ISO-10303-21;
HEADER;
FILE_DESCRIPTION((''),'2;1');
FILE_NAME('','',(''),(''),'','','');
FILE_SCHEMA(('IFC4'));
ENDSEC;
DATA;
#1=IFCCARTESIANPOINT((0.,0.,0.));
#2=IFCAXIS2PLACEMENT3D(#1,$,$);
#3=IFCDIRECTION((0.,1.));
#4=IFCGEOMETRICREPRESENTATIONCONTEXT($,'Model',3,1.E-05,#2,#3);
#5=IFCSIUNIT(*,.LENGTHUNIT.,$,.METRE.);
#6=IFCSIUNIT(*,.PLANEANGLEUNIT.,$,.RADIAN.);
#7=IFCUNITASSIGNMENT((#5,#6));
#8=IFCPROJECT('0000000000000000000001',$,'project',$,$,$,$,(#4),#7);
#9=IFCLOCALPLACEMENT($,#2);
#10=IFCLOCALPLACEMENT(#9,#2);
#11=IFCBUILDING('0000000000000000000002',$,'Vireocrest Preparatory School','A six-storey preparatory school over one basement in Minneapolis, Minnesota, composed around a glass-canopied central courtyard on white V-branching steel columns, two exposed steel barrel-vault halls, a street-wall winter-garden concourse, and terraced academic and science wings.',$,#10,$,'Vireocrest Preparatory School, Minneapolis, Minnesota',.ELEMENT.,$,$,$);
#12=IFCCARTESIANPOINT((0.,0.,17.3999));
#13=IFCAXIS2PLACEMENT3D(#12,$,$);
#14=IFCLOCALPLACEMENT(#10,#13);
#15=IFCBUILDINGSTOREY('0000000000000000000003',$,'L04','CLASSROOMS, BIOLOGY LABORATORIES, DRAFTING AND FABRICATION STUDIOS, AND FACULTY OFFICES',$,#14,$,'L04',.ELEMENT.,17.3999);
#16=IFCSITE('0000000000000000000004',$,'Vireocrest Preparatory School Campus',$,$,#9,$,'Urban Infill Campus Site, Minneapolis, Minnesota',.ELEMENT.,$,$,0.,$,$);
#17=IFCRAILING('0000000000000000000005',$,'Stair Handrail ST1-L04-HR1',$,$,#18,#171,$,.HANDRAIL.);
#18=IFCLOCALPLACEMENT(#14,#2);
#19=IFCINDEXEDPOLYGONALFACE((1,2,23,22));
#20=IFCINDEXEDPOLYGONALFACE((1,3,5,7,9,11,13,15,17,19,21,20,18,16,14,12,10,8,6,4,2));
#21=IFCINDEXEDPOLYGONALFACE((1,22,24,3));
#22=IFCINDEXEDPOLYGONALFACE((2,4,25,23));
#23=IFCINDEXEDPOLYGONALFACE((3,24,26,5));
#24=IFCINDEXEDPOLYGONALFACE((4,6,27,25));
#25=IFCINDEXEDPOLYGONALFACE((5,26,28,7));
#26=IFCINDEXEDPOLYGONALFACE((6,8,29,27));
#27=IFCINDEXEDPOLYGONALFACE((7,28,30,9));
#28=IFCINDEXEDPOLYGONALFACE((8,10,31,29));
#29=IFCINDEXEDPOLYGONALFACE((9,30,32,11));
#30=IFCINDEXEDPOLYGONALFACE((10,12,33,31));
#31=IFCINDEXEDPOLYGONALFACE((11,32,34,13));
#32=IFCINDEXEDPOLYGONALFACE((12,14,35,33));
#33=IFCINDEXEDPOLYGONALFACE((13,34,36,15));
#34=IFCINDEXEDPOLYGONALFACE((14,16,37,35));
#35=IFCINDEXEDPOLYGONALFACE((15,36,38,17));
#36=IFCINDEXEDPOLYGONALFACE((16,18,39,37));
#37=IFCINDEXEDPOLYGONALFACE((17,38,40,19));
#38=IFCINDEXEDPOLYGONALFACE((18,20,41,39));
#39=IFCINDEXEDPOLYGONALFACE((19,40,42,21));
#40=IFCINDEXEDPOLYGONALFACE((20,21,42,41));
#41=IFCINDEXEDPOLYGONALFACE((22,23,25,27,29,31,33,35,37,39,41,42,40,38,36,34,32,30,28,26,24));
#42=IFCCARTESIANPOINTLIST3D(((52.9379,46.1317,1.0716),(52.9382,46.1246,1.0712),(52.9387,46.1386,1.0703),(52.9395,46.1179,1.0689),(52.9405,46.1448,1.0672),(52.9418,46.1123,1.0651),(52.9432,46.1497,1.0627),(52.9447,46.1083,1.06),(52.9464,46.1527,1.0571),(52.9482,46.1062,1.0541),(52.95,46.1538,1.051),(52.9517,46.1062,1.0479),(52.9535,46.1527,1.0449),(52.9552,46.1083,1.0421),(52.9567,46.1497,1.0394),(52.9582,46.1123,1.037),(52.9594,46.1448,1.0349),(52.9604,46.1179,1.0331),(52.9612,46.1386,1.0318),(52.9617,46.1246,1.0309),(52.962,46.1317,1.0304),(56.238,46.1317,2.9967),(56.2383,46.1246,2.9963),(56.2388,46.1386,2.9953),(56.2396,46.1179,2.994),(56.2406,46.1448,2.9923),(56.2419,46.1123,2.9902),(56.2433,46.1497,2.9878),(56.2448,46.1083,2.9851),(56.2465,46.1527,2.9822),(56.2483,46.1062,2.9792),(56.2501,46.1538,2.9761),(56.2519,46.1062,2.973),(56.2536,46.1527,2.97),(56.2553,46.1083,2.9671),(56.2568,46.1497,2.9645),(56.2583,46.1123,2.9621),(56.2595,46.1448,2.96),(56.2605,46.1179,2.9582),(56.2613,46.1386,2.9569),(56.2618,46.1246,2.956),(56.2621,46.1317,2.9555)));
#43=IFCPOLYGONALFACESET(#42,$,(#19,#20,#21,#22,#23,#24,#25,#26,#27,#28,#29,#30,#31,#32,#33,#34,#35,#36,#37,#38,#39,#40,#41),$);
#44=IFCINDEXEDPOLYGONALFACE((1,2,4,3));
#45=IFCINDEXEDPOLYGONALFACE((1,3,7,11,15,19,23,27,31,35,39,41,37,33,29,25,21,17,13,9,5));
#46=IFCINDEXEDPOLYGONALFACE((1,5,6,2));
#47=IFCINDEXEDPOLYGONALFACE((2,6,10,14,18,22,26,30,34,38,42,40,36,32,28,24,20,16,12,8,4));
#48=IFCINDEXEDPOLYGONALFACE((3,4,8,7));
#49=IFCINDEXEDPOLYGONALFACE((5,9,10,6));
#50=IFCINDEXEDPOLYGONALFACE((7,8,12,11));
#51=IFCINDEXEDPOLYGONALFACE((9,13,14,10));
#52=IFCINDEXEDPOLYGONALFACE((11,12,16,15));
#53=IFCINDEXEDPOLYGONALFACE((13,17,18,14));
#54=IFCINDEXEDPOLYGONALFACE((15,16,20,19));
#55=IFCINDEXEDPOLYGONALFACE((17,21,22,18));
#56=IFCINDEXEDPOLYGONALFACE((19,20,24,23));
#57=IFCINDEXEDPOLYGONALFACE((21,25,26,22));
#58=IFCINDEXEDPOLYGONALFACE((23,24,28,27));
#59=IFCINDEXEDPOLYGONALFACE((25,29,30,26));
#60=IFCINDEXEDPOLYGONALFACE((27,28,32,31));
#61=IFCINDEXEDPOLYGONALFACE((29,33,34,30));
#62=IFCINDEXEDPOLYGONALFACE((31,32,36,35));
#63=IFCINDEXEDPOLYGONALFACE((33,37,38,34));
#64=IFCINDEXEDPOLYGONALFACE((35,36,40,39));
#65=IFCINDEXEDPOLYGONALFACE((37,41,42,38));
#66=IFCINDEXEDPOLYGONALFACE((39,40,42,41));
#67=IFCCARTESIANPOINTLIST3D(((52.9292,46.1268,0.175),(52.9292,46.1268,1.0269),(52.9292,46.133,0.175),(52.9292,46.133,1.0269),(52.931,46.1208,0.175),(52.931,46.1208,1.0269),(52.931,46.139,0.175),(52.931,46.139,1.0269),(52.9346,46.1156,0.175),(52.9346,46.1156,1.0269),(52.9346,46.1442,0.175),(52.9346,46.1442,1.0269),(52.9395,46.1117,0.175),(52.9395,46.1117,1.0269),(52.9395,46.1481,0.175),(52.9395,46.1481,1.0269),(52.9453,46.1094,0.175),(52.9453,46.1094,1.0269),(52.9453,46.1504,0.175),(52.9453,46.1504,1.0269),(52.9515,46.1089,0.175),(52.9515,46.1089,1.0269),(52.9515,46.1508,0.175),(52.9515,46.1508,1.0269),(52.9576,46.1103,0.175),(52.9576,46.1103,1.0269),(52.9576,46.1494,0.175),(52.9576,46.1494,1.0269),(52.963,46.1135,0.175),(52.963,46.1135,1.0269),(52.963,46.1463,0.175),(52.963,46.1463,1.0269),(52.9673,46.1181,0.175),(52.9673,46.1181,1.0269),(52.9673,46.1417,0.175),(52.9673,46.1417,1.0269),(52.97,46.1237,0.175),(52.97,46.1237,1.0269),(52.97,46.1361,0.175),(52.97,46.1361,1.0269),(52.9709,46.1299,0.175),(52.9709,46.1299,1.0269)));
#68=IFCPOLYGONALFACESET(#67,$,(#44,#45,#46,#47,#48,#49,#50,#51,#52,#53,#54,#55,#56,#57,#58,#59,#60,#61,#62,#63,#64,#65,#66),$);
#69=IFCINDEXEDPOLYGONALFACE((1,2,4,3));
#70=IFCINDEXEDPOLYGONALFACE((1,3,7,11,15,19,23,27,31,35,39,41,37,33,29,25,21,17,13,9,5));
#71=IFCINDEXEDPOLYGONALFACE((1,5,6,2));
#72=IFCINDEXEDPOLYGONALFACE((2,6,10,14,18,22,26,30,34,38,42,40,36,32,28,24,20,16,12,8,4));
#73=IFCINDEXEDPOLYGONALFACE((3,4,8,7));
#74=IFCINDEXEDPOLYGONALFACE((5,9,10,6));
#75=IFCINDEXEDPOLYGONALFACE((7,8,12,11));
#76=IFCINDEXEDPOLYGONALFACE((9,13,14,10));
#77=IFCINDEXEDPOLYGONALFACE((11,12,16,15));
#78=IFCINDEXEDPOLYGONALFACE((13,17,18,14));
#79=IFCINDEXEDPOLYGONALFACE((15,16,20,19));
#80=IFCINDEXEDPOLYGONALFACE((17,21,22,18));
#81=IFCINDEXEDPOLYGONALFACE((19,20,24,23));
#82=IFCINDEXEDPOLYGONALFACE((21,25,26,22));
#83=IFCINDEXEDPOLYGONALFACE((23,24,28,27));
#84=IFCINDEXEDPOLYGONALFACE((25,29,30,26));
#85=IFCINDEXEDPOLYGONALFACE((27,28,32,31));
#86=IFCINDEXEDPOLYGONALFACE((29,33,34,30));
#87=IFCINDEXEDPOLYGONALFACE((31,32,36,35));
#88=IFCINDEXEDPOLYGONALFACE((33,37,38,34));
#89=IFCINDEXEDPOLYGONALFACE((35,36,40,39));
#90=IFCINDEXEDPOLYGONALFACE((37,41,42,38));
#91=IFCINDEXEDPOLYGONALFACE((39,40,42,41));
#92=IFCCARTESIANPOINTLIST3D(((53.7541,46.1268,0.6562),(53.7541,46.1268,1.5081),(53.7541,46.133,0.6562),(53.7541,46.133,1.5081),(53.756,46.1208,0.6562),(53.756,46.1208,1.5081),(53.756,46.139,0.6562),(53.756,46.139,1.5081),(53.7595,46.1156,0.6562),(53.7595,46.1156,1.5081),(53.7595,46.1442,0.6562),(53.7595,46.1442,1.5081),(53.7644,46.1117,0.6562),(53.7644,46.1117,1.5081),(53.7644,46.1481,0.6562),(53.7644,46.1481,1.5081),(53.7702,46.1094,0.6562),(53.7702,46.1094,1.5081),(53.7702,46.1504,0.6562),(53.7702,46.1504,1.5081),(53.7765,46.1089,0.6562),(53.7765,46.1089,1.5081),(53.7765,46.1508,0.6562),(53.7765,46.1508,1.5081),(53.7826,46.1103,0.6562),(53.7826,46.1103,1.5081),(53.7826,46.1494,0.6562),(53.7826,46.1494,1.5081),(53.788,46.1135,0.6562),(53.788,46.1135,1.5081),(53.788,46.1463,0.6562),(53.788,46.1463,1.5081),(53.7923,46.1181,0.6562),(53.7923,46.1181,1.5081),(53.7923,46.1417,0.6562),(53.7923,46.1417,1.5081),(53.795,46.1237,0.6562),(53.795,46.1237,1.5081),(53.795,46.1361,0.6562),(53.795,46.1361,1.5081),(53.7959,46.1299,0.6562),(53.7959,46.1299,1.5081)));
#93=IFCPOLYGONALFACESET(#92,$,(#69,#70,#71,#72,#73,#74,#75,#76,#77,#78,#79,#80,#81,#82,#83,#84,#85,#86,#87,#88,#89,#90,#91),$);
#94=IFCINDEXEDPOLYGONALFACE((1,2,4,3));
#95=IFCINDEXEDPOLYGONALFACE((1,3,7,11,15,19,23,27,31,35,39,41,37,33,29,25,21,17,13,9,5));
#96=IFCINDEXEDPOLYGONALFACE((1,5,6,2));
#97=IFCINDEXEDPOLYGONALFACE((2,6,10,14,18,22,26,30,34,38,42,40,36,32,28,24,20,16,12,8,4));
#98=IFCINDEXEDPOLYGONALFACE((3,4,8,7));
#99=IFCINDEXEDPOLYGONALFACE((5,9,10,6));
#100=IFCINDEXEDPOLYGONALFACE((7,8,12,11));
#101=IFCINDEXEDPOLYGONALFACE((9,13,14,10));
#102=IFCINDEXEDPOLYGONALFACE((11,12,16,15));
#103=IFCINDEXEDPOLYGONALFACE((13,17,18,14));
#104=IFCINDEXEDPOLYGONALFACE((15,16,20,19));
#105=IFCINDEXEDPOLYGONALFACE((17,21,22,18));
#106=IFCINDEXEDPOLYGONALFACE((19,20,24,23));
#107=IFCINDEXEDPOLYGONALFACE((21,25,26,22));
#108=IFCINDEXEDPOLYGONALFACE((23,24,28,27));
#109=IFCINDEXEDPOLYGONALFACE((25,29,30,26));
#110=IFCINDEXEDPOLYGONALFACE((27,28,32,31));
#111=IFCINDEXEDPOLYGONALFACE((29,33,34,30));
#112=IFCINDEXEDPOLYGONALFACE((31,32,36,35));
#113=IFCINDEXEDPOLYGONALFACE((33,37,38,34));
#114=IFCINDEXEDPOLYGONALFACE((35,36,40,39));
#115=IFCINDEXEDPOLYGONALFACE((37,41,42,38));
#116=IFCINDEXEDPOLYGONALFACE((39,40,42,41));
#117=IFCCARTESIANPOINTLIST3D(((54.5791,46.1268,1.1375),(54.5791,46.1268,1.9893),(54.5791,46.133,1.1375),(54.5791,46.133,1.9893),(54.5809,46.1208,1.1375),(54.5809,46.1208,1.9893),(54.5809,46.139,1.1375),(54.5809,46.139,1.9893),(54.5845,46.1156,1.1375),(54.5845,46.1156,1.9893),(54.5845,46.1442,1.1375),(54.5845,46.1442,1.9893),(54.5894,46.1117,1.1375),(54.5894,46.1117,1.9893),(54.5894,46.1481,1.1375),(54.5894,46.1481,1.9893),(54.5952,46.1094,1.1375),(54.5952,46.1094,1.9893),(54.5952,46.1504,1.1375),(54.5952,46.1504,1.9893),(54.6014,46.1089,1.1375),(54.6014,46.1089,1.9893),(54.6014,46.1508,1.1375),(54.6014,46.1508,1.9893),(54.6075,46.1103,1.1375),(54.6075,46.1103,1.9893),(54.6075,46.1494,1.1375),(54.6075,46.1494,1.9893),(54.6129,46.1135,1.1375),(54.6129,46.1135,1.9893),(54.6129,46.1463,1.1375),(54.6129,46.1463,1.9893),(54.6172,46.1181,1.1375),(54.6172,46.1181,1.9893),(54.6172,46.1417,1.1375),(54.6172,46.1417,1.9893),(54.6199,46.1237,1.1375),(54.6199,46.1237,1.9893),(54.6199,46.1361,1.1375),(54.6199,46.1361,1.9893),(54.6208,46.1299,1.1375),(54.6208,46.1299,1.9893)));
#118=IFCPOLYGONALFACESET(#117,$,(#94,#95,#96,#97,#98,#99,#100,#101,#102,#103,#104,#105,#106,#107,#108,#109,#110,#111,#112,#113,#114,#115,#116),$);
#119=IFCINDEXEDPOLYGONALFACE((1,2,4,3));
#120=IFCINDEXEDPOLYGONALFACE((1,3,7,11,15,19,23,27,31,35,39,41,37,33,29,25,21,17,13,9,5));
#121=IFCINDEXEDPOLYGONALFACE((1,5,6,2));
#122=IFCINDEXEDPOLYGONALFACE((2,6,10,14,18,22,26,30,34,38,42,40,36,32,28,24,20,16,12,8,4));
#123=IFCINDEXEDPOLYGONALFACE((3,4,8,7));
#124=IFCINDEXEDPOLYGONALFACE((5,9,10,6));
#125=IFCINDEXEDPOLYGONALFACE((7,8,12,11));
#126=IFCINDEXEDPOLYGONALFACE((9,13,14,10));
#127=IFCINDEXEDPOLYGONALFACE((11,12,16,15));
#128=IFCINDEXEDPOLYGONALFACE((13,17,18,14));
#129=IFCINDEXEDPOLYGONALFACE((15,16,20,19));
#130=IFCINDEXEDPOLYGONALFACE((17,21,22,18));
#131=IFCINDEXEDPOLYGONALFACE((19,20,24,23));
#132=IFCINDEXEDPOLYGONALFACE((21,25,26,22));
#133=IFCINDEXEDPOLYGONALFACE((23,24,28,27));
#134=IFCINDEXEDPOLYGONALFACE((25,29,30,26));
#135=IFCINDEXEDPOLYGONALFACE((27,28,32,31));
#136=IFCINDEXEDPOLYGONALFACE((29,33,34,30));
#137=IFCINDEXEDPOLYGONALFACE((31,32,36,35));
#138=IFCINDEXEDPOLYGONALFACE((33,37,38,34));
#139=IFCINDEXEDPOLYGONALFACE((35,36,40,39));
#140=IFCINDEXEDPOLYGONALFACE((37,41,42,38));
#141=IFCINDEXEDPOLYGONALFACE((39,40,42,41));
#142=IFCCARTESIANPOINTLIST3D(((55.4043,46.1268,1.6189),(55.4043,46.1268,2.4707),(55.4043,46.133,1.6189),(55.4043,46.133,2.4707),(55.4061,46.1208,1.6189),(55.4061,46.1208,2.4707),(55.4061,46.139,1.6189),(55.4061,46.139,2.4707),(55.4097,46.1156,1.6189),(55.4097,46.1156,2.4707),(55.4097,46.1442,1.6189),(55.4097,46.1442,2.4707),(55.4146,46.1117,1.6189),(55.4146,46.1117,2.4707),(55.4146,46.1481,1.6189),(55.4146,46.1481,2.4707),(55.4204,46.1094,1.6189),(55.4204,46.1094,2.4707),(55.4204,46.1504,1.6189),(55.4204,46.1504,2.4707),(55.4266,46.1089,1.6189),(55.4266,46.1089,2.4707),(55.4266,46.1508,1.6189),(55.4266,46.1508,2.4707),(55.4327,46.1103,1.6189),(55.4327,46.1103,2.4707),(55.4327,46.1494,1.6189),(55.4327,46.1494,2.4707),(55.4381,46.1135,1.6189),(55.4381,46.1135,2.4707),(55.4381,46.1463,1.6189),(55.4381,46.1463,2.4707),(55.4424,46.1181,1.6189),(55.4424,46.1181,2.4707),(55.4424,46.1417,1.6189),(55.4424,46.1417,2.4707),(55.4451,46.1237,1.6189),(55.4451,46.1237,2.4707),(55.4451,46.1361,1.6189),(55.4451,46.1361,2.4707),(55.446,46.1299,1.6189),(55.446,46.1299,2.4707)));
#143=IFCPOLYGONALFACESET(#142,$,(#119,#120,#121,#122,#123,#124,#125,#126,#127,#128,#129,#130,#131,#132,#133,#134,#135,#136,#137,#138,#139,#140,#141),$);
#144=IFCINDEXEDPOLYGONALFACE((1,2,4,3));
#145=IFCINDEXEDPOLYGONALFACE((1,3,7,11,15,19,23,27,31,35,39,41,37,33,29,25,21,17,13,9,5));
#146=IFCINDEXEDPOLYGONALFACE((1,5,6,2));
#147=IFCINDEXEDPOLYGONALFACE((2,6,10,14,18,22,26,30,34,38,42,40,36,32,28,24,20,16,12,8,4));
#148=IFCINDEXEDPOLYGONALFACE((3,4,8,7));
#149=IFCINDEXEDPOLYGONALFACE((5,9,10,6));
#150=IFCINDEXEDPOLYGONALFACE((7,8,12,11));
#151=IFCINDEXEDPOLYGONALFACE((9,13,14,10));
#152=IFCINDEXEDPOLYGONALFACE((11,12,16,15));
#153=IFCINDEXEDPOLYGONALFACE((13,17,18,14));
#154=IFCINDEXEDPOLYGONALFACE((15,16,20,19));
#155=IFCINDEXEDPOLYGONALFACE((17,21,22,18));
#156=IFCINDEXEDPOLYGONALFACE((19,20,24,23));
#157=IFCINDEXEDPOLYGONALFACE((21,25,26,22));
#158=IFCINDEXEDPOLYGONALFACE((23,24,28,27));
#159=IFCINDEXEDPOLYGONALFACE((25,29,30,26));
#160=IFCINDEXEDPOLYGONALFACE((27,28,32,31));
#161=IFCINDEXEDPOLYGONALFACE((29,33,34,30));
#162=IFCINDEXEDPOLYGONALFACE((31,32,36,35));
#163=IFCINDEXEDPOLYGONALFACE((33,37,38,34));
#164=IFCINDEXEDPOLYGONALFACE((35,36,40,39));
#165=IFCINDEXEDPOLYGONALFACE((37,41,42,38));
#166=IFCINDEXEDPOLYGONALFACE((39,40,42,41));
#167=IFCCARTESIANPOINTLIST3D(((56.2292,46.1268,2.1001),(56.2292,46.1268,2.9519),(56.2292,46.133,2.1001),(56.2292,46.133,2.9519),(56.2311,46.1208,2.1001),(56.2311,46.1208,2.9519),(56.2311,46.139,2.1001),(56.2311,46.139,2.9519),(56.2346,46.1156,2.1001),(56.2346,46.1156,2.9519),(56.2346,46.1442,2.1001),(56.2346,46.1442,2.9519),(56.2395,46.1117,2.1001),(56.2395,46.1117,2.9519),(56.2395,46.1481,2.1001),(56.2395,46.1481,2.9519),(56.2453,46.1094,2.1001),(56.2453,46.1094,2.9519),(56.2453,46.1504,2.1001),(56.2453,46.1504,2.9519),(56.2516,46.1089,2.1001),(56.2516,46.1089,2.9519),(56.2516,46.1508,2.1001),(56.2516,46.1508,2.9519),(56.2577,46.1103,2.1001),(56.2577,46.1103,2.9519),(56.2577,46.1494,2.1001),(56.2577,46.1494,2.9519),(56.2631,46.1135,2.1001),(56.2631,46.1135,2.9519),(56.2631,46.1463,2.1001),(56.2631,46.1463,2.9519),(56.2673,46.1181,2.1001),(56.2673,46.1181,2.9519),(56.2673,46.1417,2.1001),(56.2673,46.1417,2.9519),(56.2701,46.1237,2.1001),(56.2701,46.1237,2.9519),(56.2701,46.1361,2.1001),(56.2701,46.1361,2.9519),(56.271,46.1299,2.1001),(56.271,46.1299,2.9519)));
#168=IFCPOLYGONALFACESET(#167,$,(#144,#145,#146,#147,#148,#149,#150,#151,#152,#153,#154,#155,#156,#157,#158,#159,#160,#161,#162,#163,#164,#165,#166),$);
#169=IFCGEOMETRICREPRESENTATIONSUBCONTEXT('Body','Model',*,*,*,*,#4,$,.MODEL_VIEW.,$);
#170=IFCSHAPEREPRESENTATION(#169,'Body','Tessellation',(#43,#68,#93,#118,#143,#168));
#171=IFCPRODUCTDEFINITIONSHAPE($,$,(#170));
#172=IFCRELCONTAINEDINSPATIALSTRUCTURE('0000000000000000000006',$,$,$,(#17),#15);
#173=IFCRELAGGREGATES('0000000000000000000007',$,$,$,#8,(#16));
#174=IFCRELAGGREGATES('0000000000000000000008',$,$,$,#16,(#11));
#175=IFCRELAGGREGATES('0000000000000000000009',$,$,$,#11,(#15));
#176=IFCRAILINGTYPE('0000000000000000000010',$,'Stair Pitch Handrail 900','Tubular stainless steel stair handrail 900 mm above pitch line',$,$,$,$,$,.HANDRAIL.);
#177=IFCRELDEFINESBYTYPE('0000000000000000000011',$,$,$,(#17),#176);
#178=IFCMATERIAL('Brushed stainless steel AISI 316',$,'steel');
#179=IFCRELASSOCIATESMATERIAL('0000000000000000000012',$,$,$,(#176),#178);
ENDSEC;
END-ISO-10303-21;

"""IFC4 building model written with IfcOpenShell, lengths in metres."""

from ifc_helpers import new_model, si_unit, direction, frame, origin, origin_2d, place, context, subcontext, project, spatial, circle, extrude, material, type_object, element, save


model = new_model("IFC4")

# Units and contexts
model_context = context("Model", 3, precision=1e-05, world=origin(), true_north=direction((0.0, 1.0)))
body_context = subcontext(model_context, "Body", "Model", "MODEL_VIEW")
ifc_project = project(units=[si_unit("LENGTHUNIT", "METRE"), si_unit("PLANEANGLEUNIT", "RADIAN")], contexts=[model_context])

# Site, building, storey
site_placement = place(None, origin())
site = spatial("IfcSite", under=ifc_project, at=site_placement, Name="Vireocrest Preparatory School Campus", LongName="Urban Infill Campus Site, Minneapolis, Minnesota", CompositionType="ELEMENT", RefElevation=0.0)
building_placement = place(site_placement, origin())
building = spatial("IfcBuilding", under=site, at=building_placement, Name="Vireocrest Preparatory School", Description="A six-storey preparatory school over one basement in Minneapolis, Minnesota, composed around a glass-canopied central courtyard on white V-branching steel columns, two exposed steel barrel-vault halls, a street-wall winter-garden concourse, and terraced academic and science wings.", LongName="Vireocrest Preparatory School, Minneapolis, Minnesota", CompositionType="ELEMENT")
storey_placement = place(building_placement, frame((0.0, 0.0, 17.3999)))
storey = spatial("IfcBuildingStorey", under=building, at=storey_placement, Name="L04", Description="CLASSROOMS, BIOLOGY LABORATORIES, DRAFTING AND FABRICATION STUDIOS, AND FACULTY OFFICES", LongName="L04", CompositionType="ELEMENT", Elevation=17.3999)

# Railing
ifc_material_1 = material(Name="Brushed stainless steel AISI 316", Category="steel")
railing_type_1 = type_object("IfcRailingType", Name="Stair Pitch Handrail 900", Description="Tubular stainless steel stair handrail 900 mm above pitch line", PredefinedType="HANDRAIL", material=ifc_material_1)
railing_1_placement = place(storey_placement, frame((52.95, 46.1299, 0.175)))
element("IfcRailing", 1, at=railing_1_placement, inside=storey, type_object=railing_type_1, Name="Stair Handrail ST1-L04-HR1", PredefinedType="HANDRAIL", context=body_context, shape_type="SweptSolid", body=[
    extrude(circle(Radius=0.0239, at=origin_2d()), frame((0.0, 0.0, 0.876), z_axis=(0.863777, 0.0, 0.503875), x_axis=(0.0, 1.0, 0.0)), (0.0, 0.0, 1.0), 3.8206),
    extrude(circle(Radius=0.021, at=origin_2d()), origin(), (0.0, 0.0, 1.0), 0.8518),
    extrude(circle(Radius=0.021, at=origin_2d()), frame((0.825, 0.0, 0.4812)), (0.0, 0.0, 1.0), 0.8518),
    extrude(circle(Radius=0.021, at=origin_2d()), frame((1.6499, 0.0, 0.9624)), (0.0, 0.0, 1.0), 0.8518),
    extrude(circle(Radius=0.021, at=origin_2d()), frame((2.4751, 0.0, 1.4438)), (0.0, 0.0, 1.0), 0.8518),
    extrude(circle(Radius=0.021, at=origin_2d()), frame((3.3, 0.0, 1.925)), (0.0, 0.0, 1.0), 0.8518),
])

save(model, "model.ifc")
